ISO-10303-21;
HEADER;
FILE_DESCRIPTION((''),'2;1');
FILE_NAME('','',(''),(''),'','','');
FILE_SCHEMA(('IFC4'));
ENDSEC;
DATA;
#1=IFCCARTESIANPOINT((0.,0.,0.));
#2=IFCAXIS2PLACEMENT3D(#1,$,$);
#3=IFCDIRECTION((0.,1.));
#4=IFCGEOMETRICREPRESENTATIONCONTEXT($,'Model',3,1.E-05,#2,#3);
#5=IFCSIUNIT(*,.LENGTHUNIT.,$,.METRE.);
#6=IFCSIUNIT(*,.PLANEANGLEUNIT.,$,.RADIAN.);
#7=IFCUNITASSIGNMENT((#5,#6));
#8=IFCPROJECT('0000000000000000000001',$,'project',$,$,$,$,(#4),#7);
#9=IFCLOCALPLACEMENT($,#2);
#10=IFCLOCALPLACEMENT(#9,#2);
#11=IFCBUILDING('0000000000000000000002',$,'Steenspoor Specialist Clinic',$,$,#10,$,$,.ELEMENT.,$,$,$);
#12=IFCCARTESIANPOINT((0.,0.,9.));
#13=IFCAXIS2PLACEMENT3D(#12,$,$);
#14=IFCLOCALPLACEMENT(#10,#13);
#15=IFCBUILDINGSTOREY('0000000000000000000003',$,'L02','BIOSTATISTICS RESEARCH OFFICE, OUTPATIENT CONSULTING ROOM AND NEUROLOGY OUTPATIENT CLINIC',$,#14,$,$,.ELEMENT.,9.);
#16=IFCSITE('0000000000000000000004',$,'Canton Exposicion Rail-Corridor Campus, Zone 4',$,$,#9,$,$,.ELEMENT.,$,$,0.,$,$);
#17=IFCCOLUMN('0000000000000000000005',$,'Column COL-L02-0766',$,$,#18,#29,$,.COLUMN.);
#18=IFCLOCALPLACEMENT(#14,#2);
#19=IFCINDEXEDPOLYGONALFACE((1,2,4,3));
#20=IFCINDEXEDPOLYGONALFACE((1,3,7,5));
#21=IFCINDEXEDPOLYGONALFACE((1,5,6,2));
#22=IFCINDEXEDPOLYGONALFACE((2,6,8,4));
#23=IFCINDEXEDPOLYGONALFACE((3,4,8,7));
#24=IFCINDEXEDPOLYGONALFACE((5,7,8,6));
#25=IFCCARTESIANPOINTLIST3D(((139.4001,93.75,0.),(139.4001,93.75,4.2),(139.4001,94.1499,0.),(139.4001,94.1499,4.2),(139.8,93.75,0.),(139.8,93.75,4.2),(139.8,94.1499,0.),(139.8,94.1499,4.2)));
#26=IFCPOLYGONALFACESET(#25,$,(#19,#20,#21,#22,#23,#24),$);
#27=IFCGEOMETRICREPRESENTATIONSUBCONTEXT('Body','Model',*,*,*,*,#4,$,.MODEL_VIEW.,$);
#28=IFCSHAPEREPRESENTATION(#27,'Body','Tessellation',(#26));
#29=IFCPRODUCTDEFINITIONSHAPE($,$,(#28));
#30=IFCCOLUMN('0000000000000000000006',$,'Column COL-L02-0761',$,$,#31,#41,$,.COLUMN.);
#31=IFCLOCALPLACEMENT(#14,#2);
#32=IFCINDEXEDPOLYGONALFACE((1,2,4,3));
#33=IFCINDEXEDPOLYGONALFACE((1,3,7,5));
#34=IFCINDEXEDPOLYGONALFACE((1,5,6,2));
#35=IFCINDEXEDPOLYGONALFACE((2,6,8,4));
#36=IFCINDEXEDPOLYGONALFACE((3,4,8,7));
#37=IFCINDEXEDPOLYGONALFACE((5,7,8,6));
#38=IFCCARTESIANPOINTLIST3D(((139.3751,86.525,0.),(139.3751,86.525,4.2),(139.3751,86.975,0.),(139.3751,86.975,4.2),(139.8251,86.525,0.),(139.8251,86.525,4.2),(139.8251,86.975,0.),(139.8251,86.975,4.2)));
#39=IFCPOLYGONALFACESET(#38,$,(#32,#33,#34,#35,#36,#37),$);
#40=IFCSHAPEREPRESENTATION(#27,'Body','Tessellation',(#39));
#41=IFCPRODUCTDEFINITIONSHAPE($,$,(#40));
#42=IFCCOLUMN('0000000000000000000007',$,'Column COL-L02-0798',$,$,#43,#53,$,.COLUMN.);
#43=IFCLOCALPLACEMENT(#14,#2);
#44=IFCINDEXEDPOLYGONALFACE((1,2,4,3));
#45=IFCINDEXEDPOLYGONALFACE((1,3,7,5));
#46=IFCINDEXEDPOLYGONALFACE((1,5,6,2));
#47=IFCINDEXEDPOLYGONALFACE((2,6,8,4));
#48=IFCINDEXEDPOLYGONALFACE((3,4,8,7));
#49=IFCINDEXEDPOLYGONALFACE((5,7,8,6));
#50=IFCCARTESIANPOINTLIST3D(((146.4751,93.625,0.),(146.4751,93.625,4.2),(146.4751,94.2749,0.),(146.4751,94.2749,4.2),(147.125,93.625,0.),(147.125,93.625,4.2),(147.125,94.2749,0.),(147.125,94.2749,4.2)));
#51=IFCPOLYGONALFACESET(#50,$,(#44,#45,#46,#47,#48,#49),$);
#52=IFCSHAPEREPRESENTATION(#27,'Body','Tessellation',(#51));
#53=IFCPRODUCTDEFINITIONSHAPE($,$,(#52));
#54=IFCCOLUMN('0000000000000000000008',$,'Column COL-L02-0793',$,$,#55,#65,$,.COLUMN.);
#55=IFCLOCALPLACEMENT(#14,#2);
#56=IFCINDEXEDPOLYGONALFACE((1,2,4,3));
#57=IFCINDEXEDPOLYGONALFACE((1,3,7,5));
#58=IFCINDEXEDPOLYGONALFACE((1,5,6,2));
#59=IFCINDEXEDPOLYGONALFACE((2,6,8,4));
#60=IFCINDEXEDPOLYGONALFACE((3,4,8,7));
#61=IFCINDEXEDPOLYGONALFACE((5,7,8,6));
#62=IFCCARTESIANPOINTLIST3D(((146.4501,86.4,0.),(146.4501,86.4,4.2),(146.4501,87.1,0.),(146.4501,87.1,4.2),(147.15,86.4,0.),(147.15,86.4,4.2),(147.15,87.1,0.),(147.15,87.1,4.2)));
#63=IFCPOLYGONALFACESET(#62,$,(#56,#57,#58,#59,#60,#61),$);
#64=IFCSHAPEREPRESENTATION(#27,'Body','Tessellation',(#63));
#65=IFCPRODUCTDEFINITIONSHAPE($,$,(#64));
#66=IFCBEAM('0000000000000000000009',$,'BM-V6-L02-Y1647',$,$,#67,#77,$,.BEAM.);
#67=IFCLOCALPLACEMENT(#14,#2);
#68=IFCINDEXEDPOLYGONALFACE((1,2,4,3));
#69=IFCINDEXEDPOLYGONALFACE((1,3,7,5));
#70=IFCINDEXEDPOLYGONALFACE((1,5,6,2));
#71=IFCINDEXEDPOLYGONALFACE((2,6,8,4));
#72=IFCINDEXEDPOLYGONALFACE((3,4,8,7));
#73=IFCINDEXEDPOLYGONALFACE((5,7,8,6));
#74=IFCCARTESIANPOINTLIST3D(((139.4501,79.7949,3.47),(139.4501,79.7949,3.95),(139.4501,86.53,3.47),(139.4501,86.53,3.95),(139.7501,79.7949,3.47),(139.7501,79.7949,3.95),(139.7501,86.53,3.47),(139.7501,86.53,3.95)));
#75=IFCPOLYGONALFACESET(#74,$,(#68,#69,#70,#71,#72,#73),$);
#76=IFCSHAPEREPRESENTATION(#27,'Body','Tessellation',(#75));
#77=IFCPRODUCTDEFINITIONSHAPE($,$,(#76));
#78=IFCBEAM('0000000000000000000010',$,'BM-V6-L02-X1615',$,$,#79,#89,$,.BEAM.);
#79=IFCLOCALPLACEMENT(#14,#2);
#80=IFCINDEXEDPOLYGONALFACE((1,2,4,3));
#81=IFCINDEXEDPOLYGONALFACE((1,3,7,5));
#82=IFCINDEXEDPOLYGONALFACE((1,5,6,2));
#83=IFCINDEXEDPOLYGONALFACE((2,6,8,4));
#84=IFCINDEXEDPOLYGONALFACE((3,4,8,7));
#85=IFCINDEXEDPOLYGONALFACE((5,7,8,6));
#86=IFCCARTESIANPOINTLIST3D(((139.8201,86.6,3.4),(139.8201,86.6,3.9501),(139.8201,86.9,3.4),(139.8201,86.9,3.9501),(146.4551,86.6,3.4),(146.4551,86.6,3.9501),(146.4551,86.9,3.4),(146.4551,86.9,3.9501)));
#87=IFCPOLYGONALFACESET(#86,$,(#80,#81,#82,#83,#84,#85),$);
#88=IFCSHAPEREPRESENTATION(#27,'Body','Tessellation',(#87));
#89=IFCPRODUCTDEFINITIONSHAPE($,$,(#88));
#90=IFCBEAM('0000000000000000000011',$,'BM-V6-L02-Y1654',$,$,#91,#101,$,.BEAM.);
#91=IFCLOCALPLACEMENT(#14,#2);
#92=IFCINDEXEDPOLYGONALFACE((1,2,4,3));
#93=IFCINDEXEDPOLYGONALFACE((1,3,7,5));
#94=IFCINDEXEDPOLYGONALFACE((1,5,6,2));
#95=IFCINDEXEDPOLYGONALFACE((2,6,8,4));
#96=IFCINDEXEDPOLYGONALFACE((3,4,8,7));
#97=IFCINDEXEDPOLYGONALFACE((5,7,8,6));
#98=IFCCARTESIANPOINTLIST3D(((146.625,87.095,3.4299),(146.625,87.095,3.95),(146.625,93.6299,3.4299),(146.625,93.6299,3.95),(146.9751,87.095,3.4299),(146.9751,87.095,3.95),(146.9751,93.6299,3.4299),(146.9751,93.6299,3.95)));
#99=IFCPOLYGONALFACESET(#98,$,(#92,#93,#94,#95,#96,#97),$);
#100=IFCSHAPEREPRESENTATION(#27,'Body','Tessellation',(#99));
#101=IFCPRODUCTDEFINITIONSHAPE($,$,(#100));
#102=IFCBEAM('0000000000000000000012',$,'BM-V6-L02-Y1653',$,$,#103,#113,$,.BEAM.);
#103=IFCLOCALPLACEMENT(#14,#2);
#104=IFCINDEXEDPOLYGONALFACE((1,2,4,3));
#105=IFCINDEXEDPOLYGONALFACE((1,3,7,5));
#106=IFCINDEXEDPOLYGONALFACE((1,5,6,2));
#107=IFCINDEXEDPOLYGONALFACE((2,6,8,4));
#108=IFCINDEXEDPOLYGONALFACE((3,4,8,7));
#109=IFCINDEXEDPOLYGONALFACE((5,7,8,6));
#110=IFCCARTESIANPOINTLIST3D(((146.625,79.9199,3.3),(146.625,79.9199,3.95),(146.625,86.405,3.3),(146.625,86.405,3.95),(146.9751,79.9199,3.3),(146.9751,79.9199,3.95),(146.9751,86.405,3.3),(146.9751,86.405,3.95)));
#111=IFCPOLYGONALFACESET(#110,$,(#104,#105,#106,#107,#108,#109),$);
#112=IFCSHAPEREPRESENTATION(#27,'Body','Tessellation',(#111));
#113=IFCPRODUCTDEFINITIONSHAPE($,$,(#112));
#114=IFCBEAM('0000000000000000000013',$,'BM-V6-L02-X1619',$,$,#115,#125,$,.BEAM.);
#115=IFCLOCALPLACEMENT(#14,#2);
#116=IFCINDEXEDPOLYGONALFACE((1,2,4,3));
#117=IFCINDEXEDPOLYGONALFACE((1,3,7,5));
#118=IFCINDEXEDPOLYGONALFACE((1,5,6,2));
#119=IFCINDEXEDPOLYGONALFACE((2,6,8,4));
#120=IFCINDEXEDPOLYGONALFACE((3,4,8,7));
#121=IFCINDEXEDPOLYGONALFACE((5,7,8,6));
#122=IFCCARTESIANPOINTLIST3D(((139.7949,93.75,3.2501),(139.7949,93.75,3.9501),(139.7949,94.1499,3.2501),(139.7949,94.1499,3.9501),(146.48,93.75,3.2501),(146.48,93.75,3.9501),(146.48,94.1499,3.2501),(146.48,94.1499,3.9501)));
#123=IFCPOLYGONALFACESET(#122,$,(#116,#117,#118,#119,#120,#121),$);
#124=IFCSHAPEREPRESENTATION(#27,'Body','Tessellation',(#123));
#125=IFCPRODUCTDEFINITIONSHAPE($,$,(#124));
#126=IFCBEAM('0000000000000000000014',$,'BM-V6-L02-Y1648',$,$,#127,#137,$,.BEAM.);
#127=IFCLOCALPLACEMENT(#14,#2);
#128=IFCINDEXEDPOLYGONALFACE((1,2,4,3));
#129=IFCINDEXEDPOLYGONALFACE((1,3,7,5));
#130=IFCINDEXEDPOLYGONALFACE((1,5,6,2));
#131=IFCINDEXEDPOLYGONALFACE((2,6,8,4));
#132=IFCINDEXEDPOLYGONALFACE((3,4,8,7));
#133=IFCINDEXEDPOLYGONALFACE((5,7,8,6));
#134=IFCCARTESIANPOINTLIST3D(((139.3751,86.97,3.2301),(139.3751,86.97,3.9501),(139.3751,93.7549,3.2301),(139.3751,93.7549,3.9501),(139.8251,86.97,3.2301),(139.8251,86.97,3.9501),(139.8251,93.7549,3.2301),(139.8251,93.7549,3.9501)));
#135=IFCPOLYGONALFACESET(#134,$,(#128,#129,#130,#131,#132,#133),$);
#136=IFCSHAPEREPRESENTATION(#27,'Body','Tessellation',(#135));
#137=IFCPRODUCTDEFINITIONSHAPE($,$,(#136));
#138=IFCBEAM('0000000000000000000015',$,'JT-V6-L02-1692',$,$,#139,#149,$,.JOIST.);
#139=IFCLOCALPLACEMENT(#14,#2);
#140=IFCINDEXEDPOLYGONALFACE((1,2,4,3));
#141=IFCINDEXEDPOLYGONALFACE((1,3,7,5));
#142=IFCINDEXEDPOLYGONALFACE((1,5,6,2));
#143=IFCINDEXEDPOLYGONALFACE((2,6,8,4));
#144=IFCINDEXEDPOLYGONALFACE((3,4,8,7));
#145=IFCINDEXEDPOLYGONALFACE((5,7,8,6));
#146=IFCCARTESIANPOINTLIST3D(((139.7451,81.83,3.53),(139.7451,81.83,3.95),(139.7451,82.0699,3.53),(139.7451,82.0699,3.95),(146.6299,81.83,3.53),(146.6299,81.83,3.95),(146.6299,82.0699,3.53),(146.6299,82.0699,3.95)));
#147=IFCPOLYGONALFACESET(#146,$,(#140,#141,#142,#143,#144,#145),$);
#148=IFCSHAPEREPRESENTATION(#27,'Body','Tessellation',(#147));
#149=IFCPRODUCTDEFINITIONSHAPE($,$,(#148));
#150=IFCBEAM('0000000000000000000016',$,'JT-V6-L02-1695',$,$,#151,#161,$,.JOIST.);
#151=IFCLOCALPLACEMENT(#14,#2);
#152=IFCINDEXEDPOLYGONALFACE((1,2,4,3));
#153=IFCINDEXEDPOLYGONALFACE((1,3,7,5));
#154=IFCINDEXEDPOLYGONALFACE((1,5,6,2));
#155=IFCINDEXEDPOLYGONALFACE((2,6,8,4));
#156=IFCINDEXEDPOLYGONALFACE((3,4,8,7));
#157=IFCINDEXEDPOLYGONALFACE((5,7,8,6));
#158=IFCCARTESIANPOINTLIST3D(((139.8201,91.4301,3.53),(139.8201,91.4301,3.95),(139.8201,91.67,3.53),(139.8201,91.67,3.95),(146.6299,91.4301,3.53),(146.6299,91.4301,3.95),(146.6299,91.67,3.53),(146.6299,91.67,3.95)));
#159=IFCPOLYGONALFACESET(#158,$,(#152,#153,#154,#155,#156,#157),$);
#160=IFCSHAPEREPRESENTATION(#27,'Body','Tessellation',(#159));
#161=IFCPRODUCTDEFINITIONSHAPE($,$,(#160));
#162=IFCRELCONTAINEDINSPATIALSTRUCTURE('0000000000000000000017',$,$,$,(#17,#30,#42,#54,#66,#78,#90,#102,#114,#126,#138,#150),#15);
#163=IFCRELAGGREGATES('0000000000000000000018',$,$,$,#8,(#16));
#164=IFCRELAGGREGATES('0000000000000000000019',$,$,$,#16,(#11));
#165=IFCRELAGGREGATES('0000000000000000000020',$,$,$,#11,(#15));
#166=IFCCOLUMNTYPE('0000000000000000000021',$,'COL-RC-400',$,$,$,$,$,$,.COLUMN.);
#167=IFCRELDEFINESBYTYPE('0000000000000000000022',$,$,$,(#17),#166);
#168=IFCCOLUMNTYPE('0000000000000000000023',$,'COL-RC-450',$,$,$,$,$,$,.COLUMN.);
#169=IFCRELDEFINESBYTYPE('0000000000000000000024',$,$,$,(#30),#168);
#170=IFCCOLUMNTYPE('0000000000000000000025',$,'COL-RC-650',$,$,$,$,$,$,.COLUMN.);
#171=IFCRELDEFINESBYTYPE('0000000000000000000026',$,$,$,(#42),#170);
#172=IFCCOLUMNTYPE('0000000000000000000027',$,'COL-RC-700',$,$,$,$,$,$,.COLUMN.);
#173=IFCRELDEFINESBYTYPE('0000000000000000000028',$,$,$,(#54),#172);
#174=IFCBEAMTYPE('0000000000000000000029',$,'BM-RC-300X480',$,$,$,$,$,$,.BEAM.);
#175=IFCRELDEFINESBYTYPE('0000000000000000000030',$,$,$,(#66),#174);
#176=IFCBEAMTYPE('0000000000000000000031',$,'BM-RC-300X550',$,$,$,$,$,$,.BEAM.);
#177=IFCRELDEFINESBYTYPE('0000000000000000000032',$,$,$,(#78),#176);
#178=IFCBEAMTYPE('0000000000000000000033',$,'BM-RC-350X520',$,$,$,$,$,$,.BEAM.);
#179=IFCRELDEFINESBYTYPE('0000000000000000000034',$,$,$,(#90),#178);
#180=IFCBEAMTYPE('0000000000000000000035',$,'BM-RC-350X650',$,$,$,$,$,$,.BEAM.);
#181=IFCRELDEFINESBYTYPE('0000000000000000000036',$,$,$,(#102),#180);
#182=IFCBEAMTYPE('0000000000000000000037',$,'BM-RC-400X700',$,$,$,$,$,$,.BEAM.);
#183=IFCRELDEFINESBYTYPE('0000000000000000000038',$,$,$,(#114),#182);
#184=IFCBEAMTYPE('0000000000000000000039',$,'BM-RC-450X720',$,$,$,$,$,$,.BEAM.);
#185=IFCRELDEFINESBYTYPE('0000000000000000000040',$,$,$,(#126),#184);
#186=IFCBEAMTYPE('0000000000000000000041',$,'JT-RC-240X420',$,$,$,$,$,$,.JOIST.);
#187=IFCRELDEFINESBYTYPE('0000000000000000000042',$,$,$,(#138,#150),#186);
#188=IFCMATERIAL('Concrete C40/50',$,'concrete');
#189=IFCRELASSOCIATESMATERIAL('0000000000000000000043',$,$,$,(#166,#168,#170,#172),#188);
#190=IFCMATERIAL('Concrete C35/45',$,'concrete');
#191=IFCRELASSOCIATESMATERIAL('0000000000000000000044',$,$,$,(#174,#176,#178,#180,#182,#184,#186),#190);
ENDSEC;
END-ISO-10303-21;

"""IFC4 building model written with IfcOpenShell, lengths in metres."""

from ifc_helpers import new_model, si_unit, direction, frame, origin, origin_2d, place, context, subcontext, project, spatial, rectangle, extrude, material, material_profile, profile_set, type_object, element, save


model = new_model("IFC4")

# Units and contexts
model_context = context("Model", 3, precision=1e-05, world=origin(), true_north=direction((0.0, 1.0)))
body_context = subcontext(model_context, "Body", "Model", "MODEL_VIEW")
ifc_project = project(units=[si_unit("LENGTHUNIT", "METRE"), si_unit("PLANEANGLEUNIT", "RADIAN")], contexts=[model_context])

# Site, building, storey
site_placement = place(None, origin())
site = spatial("IfcSite", under=ifc_project, at=site_placement, Name="Canton Exposicion Rail-Corridor Campus, Zone 4", CompositionType="ELEMENT", RefElevation=0.0)
building_placement = place(site_placement, origin())
building = spatial("IfcBuilding", under=site, at=building_placement, Name="Steenspoor Specialist Clinic", CompositionType="ELEMENT")
storey_placement = place(building_placement, frame((0.0, 0.0, 9.0)))
storey = spatial("IfcBuildingStorey", under=building, at=storey_placement, Name="L02", Description="BIOSTATISTICS RESEARCH OFFICE, OUTPATIENT CONSULTING ROOM AND NEUROLOGY OUTPATIENT CLINIC", CompositionType="ELEMENT", Elevation=9.0)

# Columns
ifc_material_1 = material(Name="Concrete C40/50", Category="concrete")
ifc_material_profile_1 = material_profile(ifc_material_1, rectangle(XDim=0.3999, YDim=0.3999, at=origin_2d()), Name="RC-COL-400X400")
ifc_profile_set_1 = profile_set([ifc_material_profile_1], Name="Concrete C40/50")
column_type_1 = type_object("IfcColumnType", Name="COL-RC-400", PredefinedType="COLUMN", material=ifc_profile_set_1)
column_1_placement = place(storey_placement, frame((139.6001, 93.95, 0.0), z_axis=(0.0, 0.0, 1.0), x_axis=(1.0, 0.0, 0.0)))
element("IfcColumn", 1, at=column_1_placement, inside=storey, type_object=column_type_1, Name="Column COL-L02-0766", PredefinedType="COLUMN", context=body_context, shape_type="SweptSolid", body=[
    extrude(rectangle(XDim=0.3999, YDim=0.3999, at=origin_2d()), origin(), (0.0, 0.0, 1.0), 4.2),
])
ifc_material_profile_2 = material_profile(ifc_material_1, rectangle(XDim=0.45, YDim=0.45, at=origin_2d()), Name="RC-COL-450X450")
ifc_profile_set_2 = profile_set([ifc_material_profile_2], Name="Concrete C40/50")
column_type_2 = type_object("IfcColumnType", Name="COL-RC-450", PredefinedType="COLUMN", material=ifc_profile_set_2)
column_2_placement = place(storey_placement, frame((139.6001, 86.75, 0.0), z_axis=(0.0, 0.0, 1.0), x_axis=(1.0, 0.0, 0.0)))
element("IfcColumn", 2, at=column_2_placement, inside=storey, type_object=column_type_2, Name="Column COL-L02-0761", PredefinedType="COLUMN", context=body_context, shape_type="SweptSolid", body=[
    extrude(rectangle(XDim=0.45, YDim=0.45, at=origin_2d()), origin(), (0.0, 0.0, 1.0), 4.2),
])
ifc_material_profile_3 = material_profile(ifc_material_1, rectangle(XDim=0.6499, YDim=0.6499, at=origin_2d()), Name="RC-COL-650X650")
ifc_profile_set_3 = profile_set([ifc_material_profile_3], Name="Concrete C40/50")
column_type_3 = type_object("IfcColumnType", Name="COL-RC-650", PredefinedType="COLUMN", material=ifc_profile_set_3)
column_3_placement = place(storey_placement, frame((146.8, 93.95, 0.0), z_axis=(0.0, 0.0, 1.0), x_axis=(1.0, 0.0, 0.0)))
element("IfcColumn", 3, at=column_3_placement, inside=storey, type_object=column_type_3, Name="Column COL-L02-0798", PredefinedType="COLUMN", context=body_context, shape_type="SweptSolid", body=[
    extrude(rectangle(XDim=0.6499, YDim=0.6499, at=origin_2d()), origin(), (0.0, 0.0, 1.0), 4.2),
])
ifc_material_profile_4 = material_profile(ifc_material_1, rectangle(XDim=0.7, YDim=0.7, at=origin_2d()), Name="RC-COL-700X700")
ifc_profile_set_4 = profile_set([ifc_material_profile_4], Name="Concrete C40/50")
column_type_4 = type_object("IfcColumnType", Name="COL-RC-700", PredefinedType="COLUMN", material=ifc_profile_set_4)
column_4_placement = place(storey_placement, frame((146.8, 86.75, 0.0), z_axis=(0.0, 0.0, 1.0), x_axis=(1.0, 0.0, 0.0)))
element("IfcColumn", 4, at=column_4_placement, inside=storey, type_object=column_type_4, Name="Column COL-L02-0793", PredefinedType="COLUMN", context=body_context, shape_type="SweptSolid", body=[
    extrude(rectangle(XDim=0.7, YDim=0.7, at=origin_2d()), origin(), (0.0, 0.0, 1.0), 4.2),
])

# Beams
ifc_material_2 = material(Name="Concrete C35/45", Category="concrete")
ifc_material_profile_5 = material_profile(ifc_material_2, rectangle(XDim=0.3, YDim=0.48, at=origin_2d()), Name="RC-BM-300X480")
ifc_profile_set_5 = profile_set([ifc_material_profile_5], Name="Concrete C35/45")
beam_type_1 = type_object("IfcBeamType", Name="BM-RC-300X480", PredefinedType="BEAM", material=ifc_profile_set_5)
beam_1_placement = place(storey_placement, frame((139.6001, 79.7949, 3.71), z_axis=(0.0, 1.0, 0.0), x_axis=(-1.0, 0.0, 0.0)))
element("IfcBeam", 5, at=beam_1_placement, inside=storey, type_object=beam_type_1, Name="BM-V6-L02-Y1647", PredefinedType="BEAM", context=body_context, shape_type="SweptSolid", body=[
    extrude(rectangle(XDim=0.3, YDim=0.48, at=origin_2d()), origin(), (0.0, 0.0, 1.0), 6.7351),
])
ifc_material_profile_6 = material_profile(ifc_material_2, rectangle(XDim=0.3, YDim=0.55, at=origin_2d()), Name="RC-BM-300X550")
ifc_profile_set_6 = profile_set([ifc_material_profile_6], Name="Concrete C35/45")
beam_type_2 = type_object("IfcBeamType", Name="BM-RC-300X550", PredefinedType="BEAM", material=ifc_profile_set_6)
beam_2_placement = place(storey_placement, frame((139.8201, 86.75, 3.675), z_axis=(1.0, 0.0, 0.0), x_axis=(0.0, 1.0, 0.0)))
element("IfcBeam", 6, at=beam_2_placement, inside=storey, type_object=beam_type_2, Name="BM-V6-L02-X1615", PredefinedType="BEAM", context=body_context, shape_type="SweptSolid", body=[
    extrude(rectangle(XDim=0.3, YDim=0.55, at=origin_2d()), origin(), (0.0, 0.0, 1.0), 6.635),
])
ifc_material_profile_7 = material_profile(ifc_material_2, rectangle(XDim=0.3501, YDim=0.52, at=origin_2d()), Name="RC-BM-350X520")
ifc_profile_set_7 = profile_set([ifc_material_profile_7], Name="Concrete C35/45")
beam_type_3 = type_object("IfcBeamType", Name="BM-RC-350X520", PredefinedType="BEAM", material=ifc_profile_set_7)
beam_3_placement = place(storey_placement, frame((146.8, 87.095, 3.6899), z_axis=(0.0, 1.0, 0.0), x_axis=(-1.0, 0.0, 0.0)))
element("IfcBeam", 7, at=beam_3_placement, inside=storey, type_object=beam_type_3, Name="BM-V6-L02-Y1654", PredefinedType="BEAM", context=body_context, shape_type="SweptSolid", body=[
    extrude(rectangle(XDim=0.3501, YDim=0.52, at=origin_2d()), origin(), (0.0, 0.0, 1.0), 6.5349),
])
ifc_material_profile_8 = material_profile(ifc_material_2, rectangle(XDim=0.3501, YDim=0.6499, at=origin_2d()), Name="RC-BM-350X650")
ifc_profile_set_8 = profile_set([ifc_material_profile_8], Name="Concrete C35/45")
beam_type_4 = type_object("IfcBeamType", Name="BM-RC-350X650", PredefinedType="BEAM", material=ifc_profile_set_8)
beam_4_placement = place(storey_placement, frame((146.8, 79.9199, 3.625), z_axis=(0.0, 1.0, 0.0), x_axis=(-1.0, 0.0, 0.0)))
element("IfcBeam", 8, at=beam_4_placement, inside=storey, type_object=beam_type_4, Name="BM-V6-L02-Y1653", PredefinedType="BEAM", context=body_context, shape_type="SweptSolid", body=[
    extrude(rectangle(XDim=0.3501, YDim=0.6499, at=origin_2d()), origin(), (0.0, 0.0, 1.0), 6.4851),
])
ifc_material_profile_9 = material_profile(ifc_material_2, rectangle(XDim=0.3999, YDim=0.7, at=origin_2d()), Name="RC-BM-400X700")
ifc_profile_set_9 = profile_set([ifc_material_profile_9], Name="Concrete C35/45")
beam_type_5 = type_object("IfcBeamType", Name="BM-RC-400X700", PredefinedType="BEAM", material=ifc_profile_set_9)
beam_5_placement = place(storey_placement, frame((139.7949, 93.95, 3.6001), z_axis=(1.0, 0.0, 0.0), x_axis=(0.0, 1.0, 0.0)))
element("IfcBeam", 9, at=beam_5_placement, inside=storey, type_object=beam_type_5, Name="BM-V6-L02-X1619", PredefinedType="BEAM", context=body_context, shape_type="SweptSolid", body=[
    extrude(rectangle(XDim=0.3999, YDim=0.7, at=origin_2d()), origin(), (0.0, 0.0, 1.0), 6.6851),
])
ifc_material_profile_10 = material_profile(ifc_material_2, rectangle(XDim=0.45, YDim=0.72, at=origin_2d()), Name="RC-BM-450X720")
ifc_profile_set_10 = profile_set([ifc_material_profile_10], Name="Concrete C35/45")
beam_type_6 = type_object("IfcBeamType", Name="BM-RC-450X720", PredefinedType="BEAM", material=ifc_profile_set_10)
beam_6_placement = place(storey_placement, frame((139.6001, 86.97, 3.5901), z_axis=(0.0, 1.0, 0.0), x_axis=(-1.0, 0.0, 0.0)))
element("IfcBeam", 10, at=beam_6_placement, inside=storey, type_object=beam_type_6, Name="BM-V6-L02-Y1648", PredefinedType="BEAM", context=body_context, shape_type="SweptSolid", body=[
    extrude(rectangle(XDim=0.45, YDim=0.72, at=origin_2d()), origin(), (0.0, 0.0, 1.0), 6.7849),
])
ifc_material_profile_11 = material_profile(ifc_material_2, rectangle(XDim=0.24, YDim=0.4199, at=origin_2d()), Name="RC-JT-240X420")
ifc_profile_set_11 = profile_set([ifc_material_profile_11], Name="Concrete C35/45")
beam_type_7 = type_object("IfcBeamType", Name="JT-RC-240X420", PredefinedType="JOIST", material=ifc_profile_set_11)
beam_7_placement = place(storey_placement, frame((139.7451, 81.95, 3.74), z_axis=(1.0, 0.0, 0.0), x_axis=(0.0, 1.0, 0.0)))
element("IfcBeam", 11, at=beam_7_placement, inside=storey, type_object=beam_type_7, Name="JT-V6-L02-1692", PredefinedType="JOIST", context=body_context, shape_type="SweptSolid", body=[
    extrude(rectangle(XDim=0.24, YDim=0.4199, at=origin_2d()), origin(), (0.0, 0.0, 1.0), 6.8848),
])
beam_8_placement = place(storey_placement, frame((139.8201, 91.55, 3.74), z_axis=(1.0, 0.0, 0.0), x_axis=(0.0, 1.0, 0.0)))
element("IfcBeam", 12, at=beam_8_placement, inside=storey, type_object=beam_type_7, Name="JT-V6-L02-1695", PredefinedType="JOIST", context=body_context, shape_type="SweptSolid", body=[
    extrude(rectangle(XDim=0.24, YDim=0.4199, at=origin_2d()), origin(), (0.0, 0.0, 1.0), 6.8098),
])

save(model, "model.ifc")
